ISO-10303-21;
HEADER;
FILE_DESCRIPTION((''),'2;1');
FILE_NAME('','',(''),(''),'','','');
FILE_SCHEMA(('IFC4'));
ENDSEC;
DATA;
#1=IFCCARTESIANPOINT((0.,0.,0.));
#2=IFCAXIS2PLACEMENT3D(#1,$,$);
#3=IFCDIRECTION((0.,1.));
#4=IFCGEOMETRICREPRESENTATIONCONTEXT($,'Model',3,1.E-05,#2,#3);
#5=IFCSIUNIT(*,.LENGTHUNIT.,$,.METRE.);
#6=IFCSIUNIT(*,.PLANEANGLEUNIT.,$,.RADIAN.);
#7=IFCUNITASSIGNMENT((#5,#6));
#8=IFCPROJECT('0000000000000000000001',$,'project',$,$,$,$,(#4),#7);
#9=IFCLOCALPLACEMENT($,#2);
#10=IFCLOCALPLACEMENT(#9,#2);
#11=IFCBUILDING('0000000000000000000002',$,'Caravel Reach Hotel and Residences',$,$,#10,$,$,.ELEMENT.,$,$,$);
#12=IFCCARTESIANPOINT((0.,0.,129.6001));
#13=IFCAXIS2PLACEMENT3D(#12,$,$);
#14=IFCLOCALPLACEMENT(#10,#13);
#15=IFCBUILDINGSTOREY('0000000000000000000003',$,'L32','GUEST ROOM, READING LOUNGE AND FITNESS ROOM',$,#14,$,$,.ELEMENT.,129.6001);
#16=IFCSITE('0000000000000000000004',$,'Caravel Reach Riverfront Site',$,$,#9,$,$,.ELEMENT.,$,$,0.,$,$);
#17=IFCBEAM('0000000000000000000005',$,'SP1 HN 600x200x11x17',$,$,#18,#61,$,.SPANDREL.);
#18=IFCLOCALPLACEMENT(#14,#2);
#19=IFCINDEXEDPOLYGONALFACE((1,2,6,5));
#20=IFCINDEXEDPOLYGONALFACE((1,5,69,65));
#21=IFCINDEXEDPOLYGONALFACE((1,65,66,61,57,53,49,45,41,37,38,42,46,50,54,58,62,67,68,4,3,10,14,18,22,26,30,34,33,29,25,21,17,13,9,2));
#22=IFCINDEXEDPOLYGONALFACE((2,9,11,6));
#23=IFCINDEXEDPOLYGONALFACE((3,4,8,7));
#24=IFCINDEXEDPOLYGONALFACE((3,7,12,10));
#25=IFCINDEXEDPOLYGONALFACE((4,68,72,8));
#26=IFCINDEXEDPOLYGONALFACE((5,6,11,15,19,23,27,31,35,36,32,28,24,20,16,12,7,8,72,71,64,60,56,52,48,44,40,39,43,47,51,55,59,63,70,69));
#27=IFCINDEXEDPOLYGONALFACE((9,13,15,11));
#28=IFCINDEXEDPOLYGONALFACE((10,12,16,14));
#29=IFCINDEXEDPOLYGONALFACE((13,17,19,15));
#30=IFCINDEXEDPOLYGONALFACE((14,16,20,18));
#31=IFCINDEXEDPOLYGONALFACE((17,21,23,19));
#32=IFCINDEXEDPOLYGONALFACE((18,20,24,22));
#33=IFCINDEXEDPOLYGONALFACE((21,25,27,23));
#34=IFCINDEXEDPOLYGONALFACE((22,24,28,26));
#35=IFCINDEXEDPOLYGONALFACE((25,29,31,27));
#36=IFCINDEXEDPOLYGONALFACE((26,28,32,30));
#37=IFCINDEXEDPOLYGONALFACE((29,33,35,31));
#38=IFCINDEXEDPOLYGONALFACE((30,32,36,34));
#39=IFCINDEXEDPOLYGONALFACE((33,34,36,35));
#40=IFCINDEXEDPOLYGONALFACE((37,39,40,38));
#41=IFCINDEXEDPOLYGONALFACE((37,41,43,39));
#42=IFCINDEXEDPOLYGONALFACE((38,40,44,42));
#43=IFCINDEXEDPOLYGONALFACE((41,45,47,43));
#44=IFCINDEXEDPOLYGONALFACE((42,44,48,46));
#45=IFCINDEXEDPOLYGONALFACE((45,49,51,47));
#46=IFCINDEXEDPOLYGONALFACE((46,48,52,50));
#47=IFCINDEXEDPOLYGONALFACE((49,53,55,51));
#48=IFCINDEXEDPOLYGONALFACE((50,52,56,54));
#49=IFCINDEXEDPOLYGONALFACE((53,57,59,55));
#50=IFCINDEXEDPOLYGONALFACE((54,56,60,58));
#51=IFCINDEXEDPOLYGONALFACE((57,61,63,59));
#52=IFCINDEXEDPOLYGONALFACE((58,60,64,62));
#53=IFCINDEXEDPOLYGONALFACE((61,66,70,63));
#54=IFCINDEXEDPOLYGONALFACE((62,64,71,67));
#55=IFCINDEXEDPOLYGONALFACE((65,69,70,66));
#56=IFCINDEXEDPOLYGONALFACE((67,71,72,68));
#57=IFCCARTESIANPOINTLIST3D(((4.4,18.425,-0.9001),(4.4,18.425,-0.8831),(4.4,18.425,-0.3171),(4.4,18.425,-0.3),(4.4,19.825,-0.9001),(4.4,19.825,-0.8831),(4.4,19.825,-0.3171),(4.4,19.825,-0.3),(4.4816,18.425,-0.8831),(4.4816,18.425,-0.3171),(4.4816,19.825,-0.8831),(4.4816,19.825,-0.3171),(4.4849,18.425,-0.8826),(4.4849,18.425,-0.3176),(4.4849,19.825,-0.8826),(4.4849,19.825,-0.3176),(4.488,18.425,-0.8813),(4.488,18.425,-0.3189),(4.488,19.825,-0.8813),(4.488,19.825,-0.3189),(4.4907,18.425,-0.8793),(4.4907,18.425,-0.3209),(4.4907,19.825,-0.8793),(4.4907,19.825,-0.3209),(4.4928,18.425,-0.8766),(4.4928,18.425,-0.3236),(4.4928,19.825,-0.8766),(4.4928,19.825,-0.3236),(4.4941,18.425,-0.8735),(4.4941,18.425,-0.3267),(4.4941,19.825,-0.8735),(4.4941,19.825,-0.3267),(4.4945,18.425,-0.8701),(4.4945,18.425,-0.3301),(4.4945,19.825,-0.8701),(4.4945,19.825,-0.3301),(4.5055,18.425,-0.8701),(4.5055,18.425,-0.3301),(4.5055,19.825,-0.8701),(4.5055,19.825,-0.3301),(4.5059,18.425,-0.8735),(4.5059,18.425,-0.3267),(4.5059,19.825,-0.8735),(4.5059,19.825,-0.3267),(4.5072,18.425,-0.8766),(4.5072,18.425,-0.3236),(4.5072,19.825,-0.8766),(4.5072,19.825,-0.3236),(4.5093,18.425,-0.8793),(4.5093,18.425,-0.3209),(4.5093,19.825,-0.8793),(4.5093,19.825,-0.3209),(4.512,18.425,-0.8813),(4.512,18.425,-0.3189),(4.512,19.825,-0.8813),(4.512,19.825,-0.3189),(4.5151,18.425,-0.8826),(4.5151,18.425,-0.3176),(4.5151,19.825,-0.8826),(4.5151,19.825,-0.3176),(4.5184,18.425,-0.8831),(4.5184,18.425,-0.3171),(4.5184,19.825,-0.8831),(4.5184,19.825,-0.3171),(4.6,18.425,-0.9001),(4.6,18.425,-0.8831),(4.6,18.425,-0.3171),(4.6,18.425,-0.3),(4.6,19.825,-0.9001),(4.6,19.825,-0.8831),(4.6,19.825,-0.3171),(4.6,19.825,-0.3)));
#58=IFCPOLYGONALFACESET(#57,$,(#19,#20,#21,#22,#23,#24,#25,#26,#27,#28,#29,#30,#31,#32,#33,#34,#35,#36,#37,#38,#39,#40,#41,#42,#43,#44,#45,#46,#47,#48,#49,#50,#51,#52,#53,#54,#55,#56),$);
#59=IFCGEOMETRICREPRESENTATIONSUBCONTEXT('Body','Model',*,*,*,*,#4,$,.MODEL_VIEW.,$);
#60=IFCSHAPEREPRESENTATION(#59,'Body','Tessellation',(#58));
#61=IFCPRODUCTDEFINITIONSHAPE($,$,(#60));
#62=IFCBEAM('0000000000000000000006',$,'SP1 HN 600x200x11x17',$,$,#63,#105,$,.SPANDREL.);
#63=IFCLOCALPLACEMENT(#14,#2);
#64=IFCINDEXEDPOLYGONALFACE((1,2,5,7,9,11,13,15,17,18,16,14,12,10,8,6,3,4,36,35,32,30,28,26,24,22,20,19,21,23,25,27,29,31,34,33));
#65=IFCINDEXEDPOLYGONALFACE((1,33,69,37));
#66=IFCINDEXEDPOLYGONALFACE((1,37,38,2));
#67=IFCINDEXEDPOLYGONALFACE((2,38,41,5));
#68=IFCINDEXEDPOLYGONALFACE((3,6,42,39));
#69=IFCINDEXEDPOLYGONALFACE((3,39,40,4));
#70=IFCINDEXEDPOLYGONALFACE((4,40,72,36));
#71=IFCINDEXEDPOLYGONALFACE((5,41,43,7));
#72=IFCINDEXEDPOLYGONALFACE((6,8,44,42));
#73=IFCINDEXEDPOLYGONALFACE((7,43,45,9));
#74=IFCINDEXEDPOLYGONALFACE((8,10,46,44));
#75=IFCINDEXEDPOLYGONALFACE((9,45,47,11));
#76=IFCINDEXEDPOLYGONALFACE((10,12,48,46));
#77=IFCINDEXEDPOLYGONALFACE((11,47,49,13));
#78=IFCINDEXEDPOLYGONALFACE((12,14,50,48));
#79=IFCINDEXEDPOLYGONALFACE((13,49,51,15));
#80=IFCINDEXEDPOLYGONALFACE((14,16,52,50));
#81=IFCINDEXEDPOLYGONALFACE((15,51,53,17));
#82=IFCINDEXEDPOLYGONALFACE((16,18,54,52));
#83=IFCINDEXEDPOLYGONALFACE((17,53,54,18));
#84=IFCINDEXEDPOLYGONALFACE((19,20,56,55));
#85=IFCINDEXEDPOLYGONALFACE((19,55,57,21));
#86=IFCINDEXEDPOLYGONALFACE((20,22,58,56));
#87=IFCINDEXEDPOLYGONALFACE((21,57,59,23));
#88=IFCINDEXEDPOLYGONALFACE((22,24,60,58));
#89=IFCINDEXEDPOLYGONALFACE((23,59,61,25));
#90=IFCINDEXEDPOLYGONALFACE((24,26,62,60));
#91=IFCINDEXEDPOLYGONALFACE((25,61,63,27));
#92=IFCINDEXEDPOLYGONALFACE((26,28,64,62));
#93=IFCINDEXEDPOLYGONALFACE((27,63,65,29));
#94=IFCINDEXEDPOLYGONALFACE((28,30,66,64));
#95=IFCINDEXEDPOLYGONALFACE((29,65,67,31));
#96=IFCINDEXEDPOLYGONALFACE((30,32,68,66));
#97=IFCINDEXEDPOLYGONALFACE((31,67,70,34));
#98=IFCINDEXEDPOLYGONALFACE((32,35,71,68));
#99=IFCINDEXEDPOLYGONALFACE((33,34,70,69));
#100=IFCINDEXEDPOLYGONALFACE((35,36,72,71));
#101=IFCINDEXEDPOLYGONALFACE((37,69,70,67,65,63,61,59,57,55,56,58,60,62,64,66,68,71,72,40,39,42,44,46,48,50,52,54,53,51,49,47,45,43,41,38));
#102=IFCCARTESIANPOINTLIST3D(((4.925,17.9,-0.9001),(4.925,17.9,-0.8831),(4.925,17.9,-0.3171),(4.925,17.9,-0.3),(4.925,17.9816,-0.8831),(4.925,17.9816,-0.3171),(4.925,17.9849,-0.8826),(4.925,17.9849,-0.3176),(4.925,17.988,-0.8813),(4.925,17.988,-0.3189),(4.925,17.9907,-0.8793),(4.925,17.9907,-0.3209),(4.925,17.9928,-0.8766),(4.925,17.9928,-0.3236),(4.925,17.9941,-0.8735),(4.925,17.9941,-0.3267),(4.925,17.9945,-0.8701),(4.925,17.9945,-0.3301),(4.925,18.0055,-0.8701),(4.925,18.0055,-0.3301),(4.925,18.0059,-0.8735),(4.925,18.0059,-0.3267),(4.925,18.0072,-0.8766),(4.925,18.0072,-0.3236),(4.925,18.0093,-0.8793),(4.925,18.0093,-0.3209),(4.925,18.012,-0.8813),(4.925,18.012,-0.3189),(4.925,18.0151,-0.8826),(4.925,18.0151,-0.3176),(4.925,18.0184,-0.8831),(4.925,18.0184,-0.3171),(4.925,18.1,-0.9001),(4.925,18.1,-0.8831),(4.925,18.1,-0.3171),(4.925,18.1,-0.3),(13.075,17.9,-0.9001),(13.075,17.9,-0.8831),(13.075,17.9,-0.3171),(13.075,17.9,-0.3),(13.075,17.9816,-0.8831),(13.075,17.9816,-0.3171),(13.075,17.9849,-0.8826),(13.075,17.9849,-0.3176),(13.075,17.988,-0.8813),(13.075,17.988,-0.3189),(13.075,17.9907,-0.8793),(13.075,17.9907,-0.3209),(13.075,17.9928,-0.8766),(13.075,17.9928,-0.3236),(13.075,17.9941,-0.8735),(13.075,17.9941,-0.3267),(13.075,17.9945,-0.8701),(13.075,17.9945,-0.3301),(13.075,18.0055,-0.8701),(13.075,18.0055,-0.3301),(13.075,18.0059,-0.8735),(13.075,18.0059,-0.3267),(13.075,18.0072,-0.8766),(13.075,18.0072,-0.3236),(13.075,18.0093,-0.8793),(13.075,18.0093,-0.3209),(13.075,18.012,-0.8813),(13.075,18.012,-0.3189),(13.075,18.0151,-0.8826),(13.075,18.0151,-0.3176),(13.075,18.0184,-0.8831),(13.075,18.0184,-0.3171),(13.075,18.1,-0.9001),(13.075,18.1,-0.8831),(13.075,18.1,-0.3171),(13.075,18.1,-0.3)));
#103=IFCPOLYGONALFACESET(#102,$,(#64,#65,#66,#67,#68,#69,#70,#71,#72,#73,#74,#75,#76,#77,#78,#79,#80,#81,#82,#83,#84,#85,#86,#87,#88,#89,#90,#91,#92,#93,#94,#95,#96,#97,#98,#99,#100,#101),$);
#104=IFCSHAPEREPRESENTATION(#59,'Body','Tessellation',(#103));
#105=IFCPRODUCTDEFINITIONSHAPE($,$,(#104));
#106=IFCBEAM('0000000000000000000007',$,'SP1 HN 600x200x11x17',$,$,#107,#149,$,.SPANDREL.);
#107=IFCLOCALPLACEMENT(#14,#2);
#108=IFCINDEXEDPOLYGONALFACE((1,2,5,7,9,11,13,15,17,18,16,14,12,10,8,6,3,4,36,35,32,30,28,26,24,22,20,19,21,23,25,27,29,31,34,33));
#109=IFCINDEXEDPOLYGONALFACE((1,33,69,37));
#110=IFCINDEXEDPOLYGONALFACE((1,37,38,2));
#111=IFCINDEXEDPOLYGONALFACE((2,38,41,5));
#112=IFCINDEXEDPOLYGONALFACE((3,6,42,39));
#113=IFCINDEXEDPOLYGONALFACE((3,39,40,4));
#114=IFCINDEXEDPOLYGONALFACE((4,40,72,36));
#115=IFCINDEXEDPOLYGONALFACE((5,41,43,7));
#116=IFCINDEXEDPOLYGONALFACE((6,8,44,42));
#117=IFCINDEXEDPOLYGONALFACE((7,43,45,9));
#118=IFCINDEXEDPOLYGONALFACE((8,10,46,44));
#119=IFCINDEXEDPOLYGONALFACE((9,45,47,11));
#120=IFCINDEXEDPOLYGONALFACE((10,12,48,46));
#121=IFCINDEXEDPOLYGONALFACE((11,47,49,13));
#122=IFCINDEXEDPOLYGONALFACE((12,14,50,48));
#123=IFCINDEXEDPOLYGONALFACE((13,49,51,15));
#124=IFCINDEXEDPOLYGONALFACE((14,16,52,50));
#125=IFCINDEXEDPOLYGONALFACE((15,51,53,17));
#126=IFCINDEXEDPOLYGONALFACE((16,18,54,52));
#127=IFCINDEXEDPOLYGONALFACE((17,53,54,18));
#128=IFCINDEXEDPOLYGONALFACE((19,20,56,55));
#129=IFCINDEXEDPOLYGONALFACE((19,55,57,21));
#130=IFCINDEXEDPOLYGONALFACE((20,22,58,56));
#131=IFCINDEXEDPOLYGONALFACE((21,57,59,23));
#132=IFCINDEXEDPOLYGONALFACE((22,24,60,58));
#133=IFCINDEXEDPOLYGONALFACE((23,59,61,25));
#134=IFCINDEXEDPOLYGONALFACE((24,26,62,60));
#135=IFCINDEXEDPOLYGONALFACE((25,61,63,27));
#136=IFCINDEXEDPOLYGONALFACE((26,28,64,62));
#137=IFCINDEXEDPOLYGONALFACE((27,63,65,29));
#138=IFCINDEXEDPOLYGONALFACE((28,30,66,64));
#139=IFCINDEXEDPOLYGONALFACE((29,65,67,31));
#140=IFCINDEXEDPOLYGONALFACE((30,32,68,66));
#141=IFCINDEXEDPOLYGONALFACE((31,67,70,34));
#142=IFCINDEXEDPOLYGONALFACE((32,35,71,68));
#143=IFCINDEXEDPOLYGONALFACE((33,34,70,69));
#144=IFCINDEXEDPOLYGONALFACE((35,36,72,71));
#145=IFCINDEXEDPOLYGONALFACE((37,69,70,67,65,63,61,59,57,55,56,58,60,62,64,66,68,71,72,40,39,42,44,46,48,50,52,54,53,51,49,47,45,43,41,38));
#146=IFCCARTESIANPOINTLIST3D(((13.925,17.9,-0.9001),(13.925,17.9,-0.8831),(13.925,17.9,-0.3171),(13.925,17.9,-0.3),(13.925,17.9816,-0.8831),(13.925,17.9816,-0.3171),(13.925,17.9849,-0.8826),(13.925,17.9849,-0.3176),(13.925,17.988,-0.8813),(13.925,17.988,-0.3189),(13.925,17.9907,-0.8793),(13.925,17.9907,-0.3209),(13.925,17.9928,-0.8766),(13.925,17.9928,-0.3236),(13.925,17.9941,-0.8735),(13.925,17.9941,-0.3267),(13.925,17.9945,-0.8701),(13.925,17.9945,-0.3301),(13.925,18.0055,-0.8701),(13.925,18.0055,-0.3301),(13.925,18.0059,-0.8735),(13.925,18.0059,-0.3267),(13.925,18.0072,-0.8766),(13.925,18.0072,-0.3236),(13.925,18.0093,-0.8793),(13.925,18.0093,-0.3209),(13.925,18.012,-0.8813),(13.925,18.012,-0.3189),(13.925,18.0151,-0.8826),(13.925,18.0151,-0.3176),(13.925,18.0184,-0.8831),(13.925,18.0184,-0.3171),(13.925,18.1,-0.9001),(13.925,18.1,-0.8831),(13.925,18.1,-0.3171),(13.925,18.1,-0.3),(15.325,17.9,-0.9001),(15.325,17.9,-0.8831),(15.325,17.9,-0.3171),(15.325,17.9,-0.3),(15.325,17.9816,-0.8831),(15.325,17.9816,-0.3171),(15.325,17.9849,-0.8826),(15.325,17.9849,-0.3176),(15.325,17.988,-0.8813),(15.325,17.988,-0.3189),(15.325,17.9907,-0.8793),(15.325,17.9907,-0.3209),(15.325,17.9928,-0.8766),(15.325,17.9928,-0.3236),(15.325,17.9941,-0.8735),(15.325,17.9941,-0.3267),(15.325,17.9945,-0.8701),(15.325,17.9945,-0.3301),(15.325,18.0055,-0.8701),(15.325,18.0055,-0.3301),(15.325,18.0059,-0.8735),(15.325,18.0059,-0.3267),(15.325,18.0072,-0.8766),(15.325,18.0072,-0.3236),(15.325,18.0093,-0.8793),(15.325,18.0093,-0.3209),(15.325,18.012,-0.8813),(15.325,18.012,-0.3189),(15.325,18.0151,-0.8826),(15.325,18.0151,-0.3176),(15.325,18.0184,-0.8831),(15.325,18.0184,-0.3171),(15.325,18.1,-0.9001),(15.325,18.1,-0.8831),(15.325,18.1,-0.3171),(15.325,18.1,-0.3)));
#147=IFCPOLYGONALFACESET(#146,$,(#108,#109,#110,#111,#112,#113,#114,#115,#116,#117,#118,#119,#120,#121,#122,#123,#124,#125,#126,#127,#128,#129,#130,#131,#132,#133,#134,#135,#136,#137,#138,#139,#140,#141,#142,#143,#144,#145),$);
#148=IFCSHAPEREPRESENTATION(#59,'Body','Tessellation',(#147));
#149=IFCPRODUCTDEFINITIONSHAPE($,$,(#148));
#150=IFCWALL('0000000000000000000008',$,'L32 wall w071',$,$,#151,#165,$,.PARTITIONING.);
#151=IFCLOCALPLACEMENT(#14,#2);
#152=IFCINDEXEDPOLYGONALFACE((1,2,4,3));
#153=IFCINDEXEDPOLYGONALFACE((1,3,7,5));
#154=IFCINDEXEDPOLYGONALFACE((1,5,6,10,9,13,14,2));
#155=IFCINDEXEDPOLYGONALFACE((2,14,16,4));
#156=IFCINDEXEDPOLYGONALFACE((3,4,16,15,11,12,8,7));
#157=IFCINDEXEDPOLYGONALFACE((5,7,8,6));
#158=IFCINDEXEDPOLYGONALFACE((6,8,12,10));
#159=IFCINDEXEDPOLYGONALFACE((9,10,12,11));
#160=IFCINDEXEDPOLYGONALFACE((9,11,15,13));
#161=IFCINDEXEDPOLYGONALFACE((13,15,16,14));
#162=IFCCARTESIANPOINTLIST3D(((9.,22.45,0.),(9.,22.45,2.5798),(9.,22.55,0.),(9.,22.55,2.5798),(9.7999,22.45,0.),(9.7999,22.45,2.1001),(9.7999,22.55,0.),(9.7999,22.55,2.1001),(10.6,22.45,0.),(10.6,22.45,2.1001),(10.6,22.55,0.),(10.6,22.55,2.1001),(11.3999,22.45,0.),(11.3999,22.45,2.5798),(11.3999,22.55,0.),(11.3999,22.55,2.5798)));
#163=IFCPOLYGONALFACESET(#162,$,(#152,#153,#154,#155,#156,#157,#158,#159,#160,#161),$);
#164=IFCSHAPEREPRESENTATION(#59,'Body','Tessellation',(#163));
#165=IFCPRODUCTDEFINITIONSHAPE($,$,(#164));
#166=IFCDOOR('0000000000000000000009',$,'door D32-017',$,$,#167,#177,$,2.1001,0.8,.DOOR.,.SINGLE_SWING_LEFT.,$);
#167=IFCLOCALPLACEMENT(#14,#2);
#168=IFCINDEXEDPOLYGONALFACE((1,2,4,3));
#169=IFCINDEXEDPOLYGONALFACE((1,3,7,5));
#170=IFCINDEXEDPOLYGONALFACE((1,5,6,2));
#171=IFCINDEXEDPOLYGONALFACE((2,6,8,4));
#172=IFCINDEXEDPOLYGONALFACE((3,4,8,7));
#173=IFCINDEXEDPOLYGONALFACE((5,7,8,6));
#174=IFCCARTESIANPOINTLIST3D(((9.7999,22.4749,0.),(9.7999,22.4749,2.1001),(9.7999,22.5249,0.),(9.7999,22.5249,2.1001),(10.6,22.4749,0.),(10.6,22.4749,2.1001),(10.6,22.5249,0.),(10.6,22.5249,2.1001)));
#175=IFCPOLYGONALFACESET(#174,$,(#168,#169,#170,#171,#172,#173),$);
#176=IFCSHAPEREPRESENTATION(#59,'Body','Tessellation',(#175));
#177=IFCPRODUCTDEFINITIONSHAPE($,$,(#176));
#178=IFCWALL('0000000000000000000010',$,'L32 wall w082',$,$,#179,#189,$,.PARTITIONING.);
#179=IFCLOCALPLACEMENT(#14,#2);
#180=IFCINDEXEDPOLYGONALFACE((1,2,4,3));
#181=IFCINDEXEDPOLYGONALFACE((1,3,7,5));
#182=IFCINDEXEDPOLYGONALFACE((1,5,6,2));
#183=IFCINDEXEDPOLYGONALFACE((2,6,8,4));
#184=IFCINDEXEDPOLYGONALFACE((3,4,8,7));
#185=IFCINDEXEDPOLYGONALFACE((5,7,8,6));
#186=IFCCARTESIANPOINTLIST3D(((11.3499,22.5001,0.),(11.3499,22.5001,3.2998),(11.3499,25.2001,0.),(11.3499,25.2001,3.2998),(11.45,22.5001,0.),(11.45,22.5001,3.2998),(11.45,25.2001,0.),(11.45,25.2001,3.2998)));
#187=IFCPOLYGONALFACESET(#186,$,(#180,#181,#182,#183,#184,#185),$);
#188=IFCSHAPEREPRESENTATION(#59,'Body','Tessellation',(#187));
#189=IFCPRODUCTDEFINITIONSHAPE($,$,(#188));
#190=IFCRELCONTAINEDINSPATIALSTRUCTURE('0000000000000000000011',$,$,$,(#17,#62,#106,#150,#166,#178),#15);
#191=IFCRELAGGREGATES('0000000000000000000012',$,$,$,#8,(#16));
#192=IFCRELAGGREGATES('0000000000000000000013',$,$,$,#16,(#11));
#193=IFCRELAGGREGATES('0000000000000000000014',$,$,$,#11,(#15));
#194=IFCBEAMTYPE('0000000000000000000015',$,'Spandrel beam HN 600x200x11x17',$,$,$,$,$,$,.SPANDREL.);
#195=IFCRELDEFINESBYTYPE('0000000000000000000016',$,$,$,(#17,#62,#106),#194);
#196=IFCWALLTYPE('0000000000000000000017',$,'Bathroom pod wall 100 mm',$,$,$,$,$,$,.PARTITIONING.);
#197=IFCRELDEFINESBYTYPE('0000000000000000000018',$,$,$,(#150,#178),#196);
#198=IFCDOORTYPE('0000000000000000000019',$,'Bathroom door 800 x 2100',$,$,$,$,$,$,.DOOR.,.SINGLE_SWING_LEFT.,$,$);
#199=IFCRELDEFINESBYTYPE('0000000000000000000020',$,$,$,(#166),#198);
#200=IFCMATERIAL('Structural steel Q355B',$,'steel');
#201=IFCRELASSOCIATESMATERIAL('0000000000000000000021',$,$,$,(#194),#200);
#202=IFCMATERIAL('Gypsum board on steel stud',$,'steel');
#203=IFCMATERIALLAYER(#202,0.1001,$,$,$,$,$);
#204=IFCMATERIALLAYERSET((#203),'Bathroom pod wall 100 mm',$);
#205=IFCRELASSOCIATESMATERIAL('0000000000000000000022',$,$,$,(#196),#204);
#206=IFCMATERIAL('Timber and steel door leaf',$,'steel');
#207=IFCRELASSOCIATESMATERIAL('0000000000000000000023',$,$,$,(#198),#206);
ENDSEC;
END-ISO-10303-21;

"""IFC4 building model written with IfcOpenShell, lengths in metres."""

from ifc_helpers import new_model, si_unit, direction, frame, frame_2d, origin, origin_2d, place, context, subcontext, project, spatial, rectangle, i_section, extrude, material, layer, layer_set, material_profile, profile_set, type_object, element, fill, save


model = new_model("IFC4")

# Units and contexts
model_context = context("Model", 3, precision=1e-05, world=origin(), true_north=direction((0.0, 1.0)))
body_context = subcontext(model_context, "Body", "Model", "MODEL_VIEW")
ifc_project = project(units=[si_unit("LENGTHUNIT", "METRE"), si_unit("PLANEANGLEUNIT", "RADIAN")], contexts=[model_context])

# Site, building, storey
site_placement = place(None, origin())
site = spatial("IfcSite", under=ifc_project, at=site_placement, Name="Caravel Reach Riverfront Site", CompositionType="ELEMENT", RefElevation=0.0)
building_placement = place(site_placement, origin())
building = spatial("IfcBuilding", under=site, at=building_placement, Name="Caravel Reach Hotel and Residences", CompositionType="ELEMENT")
storey_placement = place(building_placement, frame((0.0, 0.0, 129.6001)))
storey = spatial("IfcBuildingStorey", under=building, at=storey_placement, Name="L32", Description="GUEST ROOM, READING LOUNGE AND FITNESS ROOM", CompositionType="ELEMENT", Elevation=129.6001)

# Beams
ifc_material_1 = material(Name="Structural steel Q355B", Category="steel")
ifc_material_profile_1 = material_profile(ifc_material_1, i_section(OverallWidth=0.2, OverallDepth=0.6001, WebThickness=0.011, FlangeThickness=0.0171, FilletRadius=0.0129, at=origin_2d()), Name="HN 600x200x11x17")
ifc_profile_set_1 = profile_set([ifc_material_profile_1], Name="Structural steel Q355B")
beam_type_1 = type_object("IfcBeamType", Name="Spandrel beam HN 600x200x11x17", PredefinedType="SPANDREL", material=ifc_profile_set_1)
beam_1_placement = place(storey_placement, frame((4.5, 19.825, -0.6001), z_axis=(0.0, -1.0, 0.0), x_axis=(1.0, 0.0, 0.0)))
element("IfcBeam", 1, at=beam_1_placement, inside=storey, type_object=beam_type_1, Name="SP1 HN 600x200x11x17", PredefinedType="SPANDREL", context=body_context, shape_type="SweptSolid", body=[
    extrude(i_section(OverallWidth=0.2, OverallDepth=0.6001, WebThickness=0.011, FlangeThickness=0.0171, FilletRadius=0.0129, at=origin_2d()), origin(), (0.0, 0.0, 1.0), 1.3999),
])
beam_2_placement = place(storey_placement, frame((4.925, 18.0, -0.6001), z_axis=(1.0, 0.0, 0.0), x_axis=(0.0, 1.0, 0.0)))
element("IfcBeam", 2, at=beam_2_placement, inside=storey, type_object=beam_type_1, Name="SP1 HN 600x200x11x17", PredefinedType="SPANDREL", context=body_context, shape_type="SweptSolid", body=[
    extrude(i_section(OverallWidth=0.2, OverallDepth=0.6001, WebThickness=0.011, FlangeThickness=0.0171, FilletRadius=0.0129, at=origin_2d()), origin(), (0.0, 0.0, 1.0), 8.1499),
])
beam_3_placement = place(storey_placement, frame((13.925, 18.0, -0.6001), z_axis=(1.0, 0.0, 0.0), x_axis=(0.0, 1.0, 0.0)))
element("IfcBeam", 3, at=beam_3_placement, inside=storey, type_object=beam_type_1, Name="SP1 HN 600x200x11x17", PredefinedType="SPANDREL", context=body_context, shape_type="SweptSolid", body=[
    extrude(i_section(OverallWidth=0.2, OverallDepth=0.6001, WebThickness=0.011, FlangeThickness=0.0171, FilletRadius=0.0129, at=origin_2d()), origin(), (0.0, 0.0, 1.0), 1.3999),
])

# Wall, opening, door
ifc_material_2 = material(Name="Gypsum board on steel stud", Category="steel")
ifc_layer_1 = layer(ifc_material_2, 0.1001)
ifc_layer_set_1 = layer_set([ifc_layer_1], Name="Bathroom pod wall 100 mm")
wall_type_1 = type_object("IfcWallType", Name="Bathroom pod wall 100 mm", PredefinedType="PARTITIONING", material=ifc_layer_set_1)
wall_1_placement = place(storey_placement, frame((9.0, 22.5, 0.0), z_axis=(0.0, 0.0, 1.0), x_axis=(1.0, 0.0, 0.0)))
wall_1 = element("IfcWall", 4, at=wall_1_placement, inside=storey, type_object=wall_type_1, Name="L32 wall w071", PredefinedType="PARTITIONING", context=body_context, shape_type="SweptSolid", body=[
    extrude(rectangle(XDim=2.3999, YDim=0.1001, at=frame_2d((1.2, 0.0))), origin(), (0.0, 0.0, 1.0), 2.5798),
])
opening_1_placement = place(wall_1_placement, frame((0.8, 0.0, 0.0)))
opening_1 = element("IfcOpeningElement", 5, at=opening_1_placement, cuts=wall_1, PredefinedType="OPENING", context=body_context, shape_type="SweptSolid", body=[
    extrude(rectangle(XDim=0.8, YDim=2.1001, at=frame_2d((0.3999, 1.05))), frame((0.0, 0.0601, 0.0), z_axis=(0.0, -1.0, 0.0), x_axis=(1.0, 0.0, 0.0)), (0.0, 0.0, 1.0), 0.1201),
])
ifc_material_3 = material(Name="Timber and steel door leaf", Category="steel")
door_type_1 = type_object("IfcDoorType", Name="Bathroom door 800 x 2100", OperationType="SINGLE_SWING_LEFT", PredefinedType="DOOR", material=ifc_material_3)
door_1_placement = place(opening_1_placement, origin())
door_1 = element("IfcDoor", 6, at=door_1_placement, inside=storey, type_object=door_type_1, Name="door D32-017", OperationType="SINGLE_SWING_LEFT", OverallHeight=2.1001, OverallWidth=0.8, PredefinedType="DOOR", context=body_context, shape_type="SweptSolid", body=[
    extrude(rectangle(XDim=0.8, YDim=2.1001, at=frame_2d((0.3999, 1.05))), frame((0.0, 0.0249, 0.0), z_axis=(0.0, -1.0, 0.0), x_axis=(1.0, 0.0, 0.0)), (0.0, 0.0, 1.0), 0.05),
])
fill(opening_1, door_1)

# Wall
wall_2_placement = place(storey_placement, frame((11.3999, 22.5, 0.0), z_axis=(0.0, 0.0, 1.0), x_axis=(0.0, 1.0, 0.0)))
element("IfcWall", 7, at=wall_2_placement, inside=storey, type_object=wall_type_1, Name="L32 wall w082", PredefinedType="PARTITIONING", context=body_context, shape_type="SweptSolid", body=[
    extrude(rectangle(XDim=2.7, YDim=0.1001, at=frame_2d((1.3501, 0.0))), origin(), (0.0, 0.0, 1.0), 3.2998),
])

save(model, "model.ifc")
